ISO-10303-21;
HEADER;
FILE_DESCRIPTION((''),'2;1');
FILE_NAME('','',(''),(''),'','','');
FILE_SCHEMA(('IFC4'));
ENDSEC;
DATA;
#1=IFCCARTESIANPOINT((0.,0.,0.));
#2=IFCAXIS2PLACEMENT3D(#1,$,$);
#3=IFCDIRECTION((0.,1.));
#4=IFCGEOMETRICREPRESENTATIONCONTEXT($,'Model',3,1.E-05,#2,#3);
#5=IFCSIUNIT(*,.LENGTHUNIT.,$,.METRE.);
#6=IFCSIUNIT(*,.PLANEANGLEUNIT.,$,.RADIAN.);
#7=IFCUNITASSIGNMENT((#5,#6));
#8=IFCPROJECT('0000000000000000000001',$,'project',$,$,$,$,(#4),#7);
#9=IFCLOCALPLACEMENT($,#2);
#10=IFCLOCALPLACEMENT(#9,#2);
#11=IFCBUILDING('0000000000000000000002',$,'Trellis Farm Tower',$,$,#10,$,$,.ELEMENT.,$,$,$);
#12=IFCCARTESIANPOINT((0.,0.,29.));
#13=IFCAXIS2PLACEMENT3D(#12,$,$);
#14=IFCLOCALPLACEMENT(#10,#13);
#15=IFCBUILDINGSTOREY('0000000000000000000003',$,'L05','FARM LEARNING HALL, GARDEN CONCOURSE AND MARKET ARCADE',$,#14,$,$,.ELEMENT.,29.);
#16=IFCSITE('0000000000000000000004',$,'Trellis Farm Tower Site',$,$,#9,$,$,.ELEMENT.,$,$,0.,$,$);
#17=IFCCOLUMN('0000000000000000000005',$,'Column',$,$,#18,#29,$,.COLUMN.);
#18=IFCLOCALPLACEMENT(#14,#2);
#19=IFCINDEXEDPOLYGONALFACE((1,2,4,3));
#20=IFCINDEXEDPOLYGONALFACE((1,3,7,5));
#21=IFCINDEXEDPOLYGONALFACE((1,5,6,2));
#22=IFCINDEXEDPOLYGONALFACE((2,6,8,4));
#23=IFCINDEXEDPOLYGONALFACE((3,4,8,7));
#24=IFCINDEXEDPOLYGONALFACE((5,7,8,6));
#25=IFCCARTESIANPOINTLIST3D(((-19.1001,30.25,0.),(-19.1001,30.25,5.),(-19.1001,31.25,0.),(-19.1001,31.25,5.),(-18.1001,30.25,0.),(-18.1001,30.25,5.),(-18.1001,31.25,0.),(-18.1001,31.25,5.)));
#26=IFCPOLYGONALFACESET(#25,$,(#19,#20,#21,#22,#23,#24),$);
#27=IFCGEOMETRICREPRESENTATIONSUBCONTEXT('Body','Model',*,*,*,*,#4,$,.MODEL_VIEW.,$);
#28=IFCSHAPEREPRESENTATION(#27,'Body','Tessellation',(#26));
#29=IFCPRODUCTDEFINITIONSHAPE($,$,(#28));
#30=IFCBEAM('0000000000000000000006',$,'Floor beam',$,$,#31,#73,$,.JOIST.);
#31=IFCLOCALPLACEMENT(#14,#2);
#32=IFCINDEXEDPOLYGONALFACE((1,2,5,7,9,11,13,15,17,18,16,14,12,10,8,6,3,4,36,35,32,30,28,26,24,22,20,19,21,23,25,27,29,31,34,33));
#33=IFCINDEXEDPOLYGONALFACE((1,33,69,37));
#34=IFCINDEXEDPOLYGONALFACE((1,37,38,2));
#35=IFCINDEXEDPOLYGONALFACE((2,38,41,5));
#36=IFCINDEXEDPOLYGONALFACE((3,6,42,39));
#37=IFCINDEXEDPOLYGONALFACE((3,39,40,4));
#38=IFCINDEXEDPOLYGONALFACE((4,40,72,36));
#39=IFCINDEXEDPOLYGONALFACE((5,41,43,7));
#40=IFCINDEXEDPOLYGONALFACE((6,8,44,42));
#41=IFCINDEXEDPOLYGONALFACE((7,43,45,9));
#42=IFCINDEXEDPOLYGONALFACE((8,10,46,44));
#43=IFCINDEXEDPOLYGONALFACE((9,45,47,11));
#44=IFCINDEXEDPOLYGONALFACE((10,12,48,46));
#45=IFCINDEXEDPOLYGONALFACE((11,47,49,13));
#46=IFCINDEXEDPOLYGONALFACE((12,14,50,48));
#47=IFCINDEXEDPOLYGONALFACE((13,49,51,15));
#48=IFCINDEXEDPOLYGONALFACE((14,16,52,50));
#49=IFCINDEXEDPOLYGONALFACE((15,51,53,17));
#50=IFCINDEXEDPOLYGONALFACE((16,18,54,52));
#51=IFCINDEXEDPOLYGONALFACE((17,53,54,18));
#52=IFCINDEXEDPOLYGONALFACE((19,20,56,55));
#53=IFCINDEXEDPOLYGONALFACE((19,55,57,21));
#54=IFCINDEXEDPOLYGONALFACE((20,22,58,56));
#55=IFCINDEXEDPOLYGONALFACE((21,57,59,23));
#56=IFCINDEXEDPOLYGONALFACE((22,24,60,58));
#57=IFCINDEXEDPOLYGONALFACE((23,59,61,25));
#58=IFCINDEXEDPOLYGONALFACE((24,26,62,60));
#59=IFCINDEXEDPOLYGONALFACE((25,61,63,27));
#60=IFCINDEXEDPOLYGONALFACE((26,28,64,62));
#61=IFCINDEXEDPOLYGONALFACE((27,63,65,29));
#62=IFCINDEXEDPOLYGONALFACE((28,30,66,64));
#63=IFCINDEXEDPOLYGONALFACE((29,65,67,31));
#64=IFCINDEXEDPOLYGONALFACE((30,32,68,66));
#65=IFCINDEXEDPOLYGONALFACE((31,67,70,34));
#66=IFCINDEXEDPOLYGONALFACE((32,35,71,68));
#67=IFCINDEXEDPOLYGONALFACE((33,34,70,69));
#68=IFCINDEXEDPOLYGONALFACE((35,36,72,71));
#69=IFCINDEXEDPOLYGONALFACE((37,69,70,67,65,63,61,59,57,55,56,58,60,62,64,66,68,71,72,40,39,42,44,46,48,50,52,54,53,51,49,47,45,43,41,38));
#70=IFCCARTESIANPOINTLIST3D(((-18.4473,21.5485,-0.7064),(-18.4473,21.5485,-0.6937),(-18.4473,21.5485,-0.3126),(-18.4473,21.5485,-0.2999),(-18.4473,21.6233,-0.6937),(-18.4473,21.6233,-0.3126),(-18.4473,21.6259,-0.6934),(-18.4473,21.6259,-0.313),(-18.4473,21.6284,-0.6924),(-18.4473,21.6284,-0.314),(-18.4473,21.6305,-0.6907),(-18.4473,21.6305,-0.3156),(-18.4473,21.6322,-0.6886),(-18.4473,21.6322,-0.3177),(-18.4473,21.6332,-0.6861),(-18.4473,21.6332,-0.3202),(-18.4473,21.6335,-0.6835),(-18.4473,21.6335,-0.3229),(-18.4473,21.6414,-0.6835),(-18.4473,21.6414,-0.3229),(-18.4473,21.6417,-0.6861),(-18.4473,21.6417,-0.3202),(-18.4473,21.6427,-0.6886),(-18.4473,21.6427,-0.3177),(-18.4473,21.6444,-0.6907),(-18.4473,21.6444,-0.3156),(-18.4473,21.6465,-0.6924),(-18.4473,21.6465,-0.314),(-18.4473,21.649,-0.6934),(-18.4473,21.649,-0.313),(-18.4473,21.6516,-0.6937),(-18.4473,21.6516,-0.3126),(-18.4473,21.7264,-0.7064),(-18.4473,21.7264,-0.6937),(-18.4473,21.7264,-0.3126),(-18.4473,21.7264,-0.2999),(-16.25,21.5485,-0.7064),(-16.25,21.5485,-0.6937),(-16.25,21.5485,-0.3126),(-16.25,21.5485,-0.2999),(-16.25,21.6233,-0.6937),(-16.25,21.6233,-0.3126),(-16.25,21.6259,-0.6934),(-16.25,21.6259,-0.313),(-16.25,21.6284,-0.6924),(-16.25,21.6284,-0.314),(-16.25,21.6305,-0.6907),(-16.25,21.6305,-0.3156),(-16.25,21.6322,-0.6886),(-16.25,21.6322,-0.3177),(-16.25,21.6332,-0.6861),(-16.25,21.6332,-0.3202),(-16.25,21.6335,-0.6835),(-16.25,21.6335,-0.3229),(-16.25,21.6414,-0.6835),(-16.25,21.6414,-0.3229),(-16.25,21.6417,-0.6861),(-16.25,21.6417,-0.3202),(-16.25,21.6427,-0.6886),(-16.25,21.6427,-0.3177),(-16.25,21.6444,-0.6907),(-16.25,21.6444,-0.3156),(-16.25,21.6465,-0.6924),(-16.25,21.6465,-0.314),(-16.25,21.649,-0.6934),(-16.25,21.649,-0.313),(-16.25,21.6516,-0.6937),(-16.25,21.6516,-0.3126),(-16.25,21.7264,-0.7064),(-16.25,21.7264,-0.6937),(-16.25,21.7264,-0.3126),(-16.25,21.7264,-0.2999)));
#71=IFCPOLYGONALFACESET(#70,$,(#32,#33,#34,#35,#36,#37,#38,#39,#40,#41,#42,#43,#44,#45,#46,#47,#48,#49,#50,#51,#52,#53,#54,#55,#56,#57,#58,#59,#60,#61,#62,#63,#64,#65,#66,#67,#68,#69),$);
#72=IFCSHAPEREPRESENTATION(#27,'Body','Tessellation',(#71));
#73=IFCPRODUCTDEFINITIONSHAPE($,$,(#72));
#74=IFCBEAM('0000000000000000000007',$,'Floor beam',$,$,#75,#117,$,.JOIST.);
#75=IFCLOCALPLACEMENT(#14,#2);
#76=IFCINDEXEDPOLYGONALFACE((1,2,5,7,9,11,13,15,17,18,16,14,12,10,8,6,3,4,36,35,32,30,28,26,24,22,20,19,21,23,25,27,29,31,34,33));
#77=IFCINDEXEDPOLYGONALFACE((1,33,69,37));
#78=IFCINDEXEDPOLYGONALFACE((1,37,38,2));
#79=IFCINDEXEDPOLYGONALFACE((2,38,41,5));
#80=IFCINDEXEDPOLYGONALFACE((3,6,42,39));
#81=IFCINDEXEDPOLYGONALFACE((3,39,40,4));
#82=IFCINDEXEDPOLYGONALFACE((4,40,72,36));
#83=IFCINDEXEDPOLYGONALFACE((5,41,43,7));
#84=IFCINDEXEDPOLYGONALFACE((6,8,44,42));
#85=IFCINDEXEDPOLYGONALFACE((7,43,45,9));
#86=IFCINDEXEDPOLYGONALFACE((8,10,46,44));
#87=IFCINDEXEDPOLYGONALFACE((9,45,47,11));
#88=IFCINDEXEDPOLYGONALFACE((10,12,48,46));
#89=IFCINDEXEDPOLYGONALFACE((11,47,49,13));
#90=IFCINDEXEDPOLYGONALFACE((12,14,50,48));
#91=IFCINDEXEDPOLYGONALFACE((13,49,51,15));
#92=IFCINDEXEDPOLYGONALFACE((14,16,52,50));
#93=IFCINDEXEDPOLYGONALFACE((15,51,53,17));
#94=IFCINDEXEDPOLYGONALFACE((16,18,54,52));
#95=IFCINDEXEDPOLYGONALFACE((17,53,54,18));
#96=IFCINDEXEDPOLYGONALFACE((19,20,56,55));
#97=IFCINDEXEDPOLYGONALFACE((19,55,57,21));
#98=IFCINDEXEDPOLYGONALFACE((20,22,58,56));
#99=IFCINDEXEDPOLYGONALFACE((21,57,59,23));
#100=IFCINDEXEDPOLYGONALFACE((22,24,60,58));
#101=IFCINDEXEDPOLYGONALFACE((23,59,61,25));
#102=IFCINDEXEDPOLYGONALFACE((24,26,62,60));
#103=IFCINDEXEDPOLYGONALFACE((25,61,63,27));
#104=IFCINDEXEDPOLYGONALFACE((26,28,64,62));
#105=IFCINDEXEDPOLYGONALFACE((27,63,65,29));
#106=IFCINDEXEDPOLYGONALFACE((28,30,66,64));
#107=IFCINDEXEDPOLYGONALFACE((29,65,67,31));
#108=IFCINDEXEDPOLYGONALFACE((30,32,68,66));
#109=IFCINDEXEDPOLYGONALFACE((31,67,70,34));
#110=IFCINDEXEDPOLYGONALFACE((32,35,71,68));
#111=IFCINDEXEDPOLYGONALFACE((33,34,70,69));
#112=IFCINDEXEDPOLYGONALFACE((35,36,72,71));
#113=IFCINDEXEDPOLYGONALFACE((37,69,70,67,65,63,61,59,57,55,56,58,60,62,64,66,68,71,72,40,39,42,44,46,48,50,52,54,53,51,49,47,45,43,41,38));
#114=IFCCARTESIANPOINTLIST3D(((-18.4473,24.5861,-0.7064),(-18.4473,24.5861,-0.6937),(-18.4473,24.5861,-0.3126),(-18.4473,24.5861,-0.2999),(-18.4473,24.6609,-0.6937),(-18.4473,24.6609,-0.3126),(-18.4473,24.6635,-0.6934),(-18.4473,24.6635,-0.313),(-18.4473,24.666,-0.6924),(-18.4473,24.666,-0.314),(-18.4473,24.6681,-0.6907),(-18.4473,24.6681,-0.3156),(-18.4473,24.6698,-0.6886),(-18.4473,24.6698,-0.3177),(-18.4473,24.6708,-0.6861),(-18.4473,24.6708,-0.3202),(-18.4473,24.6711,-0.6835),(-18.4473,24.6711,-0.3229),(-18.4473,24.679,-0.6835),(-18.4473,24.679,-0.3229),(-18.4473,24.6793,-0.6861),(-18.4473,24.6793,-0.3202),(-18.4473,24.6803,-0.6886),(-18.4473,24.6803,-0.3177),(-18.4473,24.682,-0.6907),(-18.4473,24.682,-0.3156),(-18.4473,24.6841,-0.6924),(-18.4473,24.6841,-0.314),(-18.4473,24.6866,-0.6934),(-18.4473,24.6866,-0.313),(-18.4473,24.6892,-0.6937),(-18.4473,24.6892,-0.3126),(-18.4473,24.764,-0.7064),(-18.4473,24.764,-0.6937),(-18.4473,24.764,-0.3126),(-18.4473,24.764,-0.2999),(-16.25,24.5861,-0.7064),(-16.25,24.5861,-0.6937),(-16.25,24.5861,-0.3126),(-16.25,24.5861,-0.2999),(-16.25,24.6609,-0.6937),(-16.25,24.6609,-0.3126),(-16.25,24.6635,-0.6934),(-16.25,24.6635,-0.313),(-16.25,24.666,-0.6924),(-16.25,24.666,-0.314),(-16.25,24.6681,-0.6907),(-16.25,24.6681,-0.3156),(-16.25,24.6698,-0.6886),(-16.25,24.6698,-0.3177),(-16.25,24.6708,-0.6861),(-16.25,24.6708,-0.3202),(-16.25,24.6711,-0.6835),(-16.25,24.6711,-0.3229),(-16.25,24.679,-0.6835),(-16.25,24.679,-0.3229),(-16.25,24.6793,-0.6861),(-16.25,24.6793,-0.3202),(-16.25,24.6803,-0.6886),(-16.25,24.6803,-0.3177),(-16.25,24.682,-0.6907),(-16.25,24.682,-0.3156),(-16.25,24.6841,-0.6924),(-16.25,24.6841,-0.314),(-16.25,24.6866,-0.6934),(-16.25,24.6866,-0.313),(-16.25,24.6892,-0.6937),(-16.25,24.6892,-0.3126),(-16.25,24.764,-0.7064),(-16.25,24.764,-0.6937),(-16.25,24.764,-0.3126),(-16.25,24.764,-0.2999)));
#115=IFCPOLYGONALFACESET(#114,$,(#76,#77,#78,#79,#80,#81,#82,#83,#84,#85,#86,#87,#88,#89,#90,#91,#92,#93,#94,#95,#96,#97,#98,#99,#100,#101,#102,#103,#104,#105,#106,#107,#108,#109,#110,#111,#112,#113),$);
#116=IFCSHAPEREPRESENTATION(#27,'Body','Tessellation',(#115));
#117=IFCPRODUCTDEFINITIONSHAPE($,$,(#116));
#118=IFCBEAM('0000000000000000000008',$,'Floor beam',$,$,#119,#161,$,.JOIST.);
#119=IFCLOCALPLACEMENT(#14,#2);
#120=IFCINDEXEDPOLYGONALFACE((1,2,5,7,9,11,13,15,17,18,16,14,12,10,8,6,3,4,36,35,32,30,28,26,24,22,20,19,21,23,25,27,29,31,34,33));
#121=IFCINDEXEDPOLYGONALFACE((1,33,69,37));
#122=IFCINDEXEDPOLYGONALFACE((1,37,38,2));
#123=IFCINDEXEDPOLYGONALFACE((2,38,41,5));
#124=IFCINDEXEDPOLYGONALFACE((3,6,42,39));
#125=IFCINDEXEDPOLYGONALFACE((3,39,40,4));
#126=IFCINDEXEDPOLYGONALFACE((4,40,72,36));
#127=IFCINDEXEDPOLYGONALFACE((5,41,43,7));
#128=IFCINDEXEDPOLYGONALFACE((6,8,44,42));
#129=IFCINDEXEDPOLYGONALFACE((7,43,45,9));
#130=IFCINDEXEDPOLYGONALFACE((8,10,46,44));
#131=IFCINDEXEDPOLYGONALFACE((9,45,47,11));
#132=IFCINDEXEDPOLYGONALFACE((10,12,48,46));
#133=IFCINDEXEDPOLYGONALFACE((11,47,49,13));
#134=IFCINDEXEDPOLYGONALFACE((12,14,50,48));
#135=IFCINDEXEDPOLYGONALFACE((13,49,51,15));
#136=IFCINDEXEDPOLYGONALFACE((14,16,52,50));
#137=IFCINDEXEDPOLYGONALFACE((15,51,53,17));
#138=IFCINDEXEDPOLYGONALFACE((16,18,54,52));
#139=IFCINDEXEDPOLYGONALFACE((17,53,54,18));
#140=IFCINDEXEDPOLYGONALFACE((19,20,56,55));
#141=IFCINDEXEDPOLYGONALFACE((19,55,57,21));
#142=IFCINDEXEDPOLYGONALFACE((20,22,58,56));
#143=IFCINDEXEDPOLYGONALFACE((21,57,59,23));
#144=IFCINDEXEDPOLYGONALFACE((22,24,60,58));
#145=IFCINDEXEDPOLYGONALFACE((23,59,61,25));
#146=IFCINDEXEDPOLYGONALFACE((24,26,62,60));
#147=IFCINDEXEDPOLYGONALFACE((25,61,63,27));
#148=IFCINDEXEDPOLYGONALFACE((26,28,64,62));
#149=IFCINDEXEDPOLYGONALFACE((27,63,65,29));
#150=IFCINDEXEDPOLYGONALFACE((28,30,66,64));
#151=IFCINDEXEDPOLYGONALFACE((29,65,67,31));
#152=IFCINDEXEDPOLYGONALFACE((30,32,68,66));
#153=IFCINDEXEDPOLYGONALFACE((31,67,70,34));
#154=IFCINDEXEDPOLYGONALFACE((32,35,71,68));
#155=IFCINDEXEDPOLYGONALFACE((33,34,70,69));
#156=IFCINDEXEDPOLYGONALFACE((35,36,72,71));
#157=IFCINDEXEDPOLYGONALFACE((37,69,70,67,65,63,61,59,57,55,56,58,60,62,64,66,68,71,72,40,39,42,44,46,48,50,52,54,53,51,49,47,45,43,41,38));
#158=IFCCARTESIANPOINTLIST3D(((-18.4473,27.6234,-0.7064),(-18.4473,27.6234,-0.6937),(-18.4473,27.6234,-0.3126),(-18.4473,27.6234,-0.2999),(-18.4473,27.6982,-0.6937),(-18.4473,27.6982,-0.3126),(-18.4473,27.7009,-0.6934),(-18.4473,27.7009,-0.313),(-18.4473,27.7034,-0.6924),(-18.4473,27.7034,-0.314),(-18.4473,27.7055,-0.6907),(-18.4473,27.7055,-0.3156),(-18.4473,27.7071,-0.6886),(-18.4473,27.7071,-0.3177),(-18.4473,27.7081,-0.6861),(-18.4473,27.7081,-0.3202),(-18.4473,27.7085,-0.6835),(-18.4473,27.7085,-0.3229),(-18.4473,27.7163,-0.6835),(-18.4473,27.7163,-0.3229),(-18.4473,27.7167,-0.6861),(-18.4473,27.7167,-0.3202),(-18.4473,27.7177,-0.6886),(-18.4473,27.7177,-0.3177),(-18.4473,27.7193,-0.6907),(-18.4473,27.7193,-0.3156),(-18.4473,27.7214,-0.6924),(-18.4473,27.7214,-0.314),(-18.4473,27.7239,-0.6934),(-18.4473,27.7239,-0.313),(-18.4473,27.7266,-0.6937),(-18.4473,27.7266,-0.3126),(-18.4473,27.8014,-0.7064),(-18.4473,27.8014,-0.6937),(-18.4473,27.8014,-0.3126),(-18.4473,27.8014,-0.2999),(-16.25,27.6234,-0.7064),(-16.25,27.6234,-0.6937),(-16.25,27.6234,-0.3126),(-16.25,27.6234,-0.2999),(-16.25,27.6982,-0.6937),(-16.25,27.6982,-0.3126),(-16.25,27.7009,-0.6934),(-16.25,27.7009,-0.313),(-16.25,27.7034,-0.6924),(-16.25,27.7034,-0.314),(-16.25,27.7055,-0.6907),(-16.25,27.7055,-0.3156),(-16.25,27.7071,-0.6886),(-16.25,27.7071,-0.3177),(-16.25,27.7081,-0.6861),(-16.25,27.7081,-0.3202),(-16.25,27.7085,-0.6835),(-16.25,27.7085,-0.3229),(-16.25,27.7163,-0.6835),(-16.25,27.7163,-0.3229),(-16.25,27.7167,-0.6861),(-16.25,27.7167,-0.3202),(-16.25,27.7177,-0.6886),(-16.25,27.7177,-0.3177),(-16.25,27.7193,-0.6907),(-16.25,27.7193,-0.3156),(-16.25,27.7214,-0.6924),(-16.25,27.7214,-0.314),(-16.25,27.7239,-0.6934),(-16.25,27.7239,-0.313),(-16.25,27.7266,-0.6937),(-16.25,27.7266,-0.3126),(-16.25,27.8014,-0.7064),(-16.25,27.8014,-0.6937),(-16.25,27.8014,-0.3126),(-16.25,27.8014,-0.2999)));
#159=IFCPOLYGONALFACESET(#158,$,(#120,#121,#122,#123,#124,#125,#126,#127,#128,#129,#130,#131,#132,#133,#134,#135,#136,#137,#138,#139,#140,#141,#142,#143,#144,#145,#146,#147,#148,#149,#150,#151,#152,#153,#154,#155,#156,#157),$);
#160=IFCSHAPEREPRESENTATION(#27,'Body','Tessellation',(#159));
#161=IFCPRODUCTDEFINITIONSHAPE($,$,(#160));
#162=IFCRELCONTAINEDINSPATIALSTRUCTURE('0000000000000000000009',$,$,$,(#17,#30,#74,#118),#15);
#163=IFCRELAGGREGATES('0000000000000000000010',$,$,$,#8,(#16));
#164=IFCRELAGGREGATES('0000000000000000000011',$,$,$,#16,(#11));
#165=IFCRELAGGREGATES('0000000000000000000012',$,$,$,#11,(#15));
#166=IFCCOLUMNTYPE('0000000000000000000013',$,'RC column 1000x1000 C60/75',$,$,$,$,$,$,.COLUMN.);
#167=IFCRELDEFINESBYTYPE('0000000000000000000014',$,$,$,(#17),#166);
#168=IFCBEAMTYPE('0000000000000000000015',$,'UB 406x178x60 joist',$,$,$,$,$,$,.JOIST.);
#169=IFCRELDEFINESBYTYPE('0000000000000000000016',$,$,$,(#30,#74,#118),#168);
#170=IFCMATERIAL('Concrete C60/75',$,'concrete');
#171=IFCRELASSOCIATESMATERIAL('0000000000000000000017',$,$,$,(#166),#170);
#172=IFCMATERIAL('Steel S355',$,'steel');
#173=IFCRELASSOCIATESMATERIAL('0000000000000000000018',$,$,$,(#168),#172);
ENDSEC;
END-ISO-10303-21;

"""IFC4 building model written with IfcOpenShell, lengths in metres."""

from ifc_helpers import new_model, si_unit, direction, frame, origin, origin_2d, place, context, subcontext, project, spatial, rectangle, i_section, extrude, source, transform, mapped, material, material_profile, profile_set, type_object, element, save


model = new_model("IFC4")

# Units and contexts
model_context = context("Model", 3, precision=1e-05, world=origin(), true_north=direction((0.0, 1.0)))
body_context = subcontext(model_context, "Body", "Model", "MODEL_VIEW")
ifc_project = project(units=[si_unit("LENGTHUNIT", "METRE"), si_unit("PLANEANGLEUNIT", "RADIAN")], contexts=[model_context])

# Site, building, storey
site_placement = place(None, origin())
site = spatial("IfcSite", under=ifc_project, at=site_placement, Name="Trellis Farm Tower Site", CompositionType="ELEMENT", RefElevation=0.0)
building_placement = place(site_placement, origin())
building = spatial("IfcBuilding", under=site, at=building_placement, Name="Trellis Farm Tower", CompositionType="ELEMENT")
storey_placement = place(building_placement, frame((0.0, 0.0, 29.0)))
storey = spatial("IfcBuildingStorey", under=building, at=storey_placement, Name="L05", Description="FARM LEARNING HALL, GARDEN CONCOURSE AND MARKET ARCADE", CompositionType="ELEMENT", Elevation=29.0)

# Column
ifc_material_1 = material(Name="Concrete C60/75", Category="concrete")
ifc_material_profile_1 = material_profile(ifc_material_1, rectangle(XDim=1.0, YDim=1.0, at=origin_2d()), Name="RC column 1000x1000 C60/75")
ifc_profile_set_1 = profile_set([ifc_material_profile_1], Name="Concrete C60/75")
column_type = type_object("IfcColumnType", Name="RC column 1000x1000 C60/75", PredefinedType="COLUMN", material=ifc_profile_set_1)
shared_shape_1 = source(origin(), body_context, "Body", "SweptSolid", [
    extrude(rectangle(XDim=1.0, YDim=1.0, at=origin_2d()), origin(), (0.0, 0.0, 1.0), 5.0),
])
column_placement = place(storey_placement, frame((-18.6001, 30.75, 0.0), z_axis=(0.0, 0.0, 1.0), x_axis=(1.0, 0.0, 0.0)))
element("IfcColumn", 1, at=column_placement, inside=storey, type_object=column_type, Name="Column", PredefinedType="COLUMN", context=body_context, shape_type="MappedRepresentation", body=[
    mapped(shared_shape_1, transform((0.0, 0.0, 0.0))),
])

# Beams
ifc_material_2 = material(Name="Steel S355", Category="steel")
ifc_material_profile_2 = material_profile(ifc_material_2, i_section(OverallWidth=0.178, OverallDepth=0.4065, WebThickness=0.0078, FlangeThickness=0.0127, FilletRadius=0.0103, at=origin_2d()), Name="UB 406x178x60")
ifc_profile_set_2 = profile_set([ifc_material_profile_2], Name="Steel S355")
beam_type_1 = type_object("IfcBeamType", Name="UB 406x178x60 joist", PredefinedType="JOIST", material=ifc_profile_set_2)
shared_shape_2 = source(origin(), body_context, "Body", "SweptSolid", [
    extrude(i_section(OverallWidth=0.178, OverallDepth=0.4065, WebThickness=0.0078, FlangeThickness=0.0127, FilletRadius=0.0103, at=origin_2d()), origin(), (0.0, 0.0, 1.0), 2.1973),
])
for number, where, z_axis, x_axis, name in (
    (2, (-18.4473, 21.6375, -0.5032), (1.0, 0.0, 0.0), (0.0, 1.0, 0.0), "Floor beam"),
    (3, (-18.4473, 24.675, -0.5032), (1.0, 0.0, 0.0), (0.0, 1.0, 0.0), "Floor beam"),
    (4, (-18.4473, 27.7124, -0.5032), (1.0, 0.0, 0.0), (0.0, 1.0, 0.0), "Floor beam"),
):
    element("IfcBeam", number, at=place(storey_placement, frame(where, z_axis=z_axis, x_axis=x_axis)), inside=storey, type_object=beam_type_1, Name=name, PredefinedType="JOIST", context=body_context, shape_type="MappedRepresentation", body=[
        mapped(shared_shape_2, transform((0.0, 0.0, 0.0))),
    ])

save(model, "model.ifc")
